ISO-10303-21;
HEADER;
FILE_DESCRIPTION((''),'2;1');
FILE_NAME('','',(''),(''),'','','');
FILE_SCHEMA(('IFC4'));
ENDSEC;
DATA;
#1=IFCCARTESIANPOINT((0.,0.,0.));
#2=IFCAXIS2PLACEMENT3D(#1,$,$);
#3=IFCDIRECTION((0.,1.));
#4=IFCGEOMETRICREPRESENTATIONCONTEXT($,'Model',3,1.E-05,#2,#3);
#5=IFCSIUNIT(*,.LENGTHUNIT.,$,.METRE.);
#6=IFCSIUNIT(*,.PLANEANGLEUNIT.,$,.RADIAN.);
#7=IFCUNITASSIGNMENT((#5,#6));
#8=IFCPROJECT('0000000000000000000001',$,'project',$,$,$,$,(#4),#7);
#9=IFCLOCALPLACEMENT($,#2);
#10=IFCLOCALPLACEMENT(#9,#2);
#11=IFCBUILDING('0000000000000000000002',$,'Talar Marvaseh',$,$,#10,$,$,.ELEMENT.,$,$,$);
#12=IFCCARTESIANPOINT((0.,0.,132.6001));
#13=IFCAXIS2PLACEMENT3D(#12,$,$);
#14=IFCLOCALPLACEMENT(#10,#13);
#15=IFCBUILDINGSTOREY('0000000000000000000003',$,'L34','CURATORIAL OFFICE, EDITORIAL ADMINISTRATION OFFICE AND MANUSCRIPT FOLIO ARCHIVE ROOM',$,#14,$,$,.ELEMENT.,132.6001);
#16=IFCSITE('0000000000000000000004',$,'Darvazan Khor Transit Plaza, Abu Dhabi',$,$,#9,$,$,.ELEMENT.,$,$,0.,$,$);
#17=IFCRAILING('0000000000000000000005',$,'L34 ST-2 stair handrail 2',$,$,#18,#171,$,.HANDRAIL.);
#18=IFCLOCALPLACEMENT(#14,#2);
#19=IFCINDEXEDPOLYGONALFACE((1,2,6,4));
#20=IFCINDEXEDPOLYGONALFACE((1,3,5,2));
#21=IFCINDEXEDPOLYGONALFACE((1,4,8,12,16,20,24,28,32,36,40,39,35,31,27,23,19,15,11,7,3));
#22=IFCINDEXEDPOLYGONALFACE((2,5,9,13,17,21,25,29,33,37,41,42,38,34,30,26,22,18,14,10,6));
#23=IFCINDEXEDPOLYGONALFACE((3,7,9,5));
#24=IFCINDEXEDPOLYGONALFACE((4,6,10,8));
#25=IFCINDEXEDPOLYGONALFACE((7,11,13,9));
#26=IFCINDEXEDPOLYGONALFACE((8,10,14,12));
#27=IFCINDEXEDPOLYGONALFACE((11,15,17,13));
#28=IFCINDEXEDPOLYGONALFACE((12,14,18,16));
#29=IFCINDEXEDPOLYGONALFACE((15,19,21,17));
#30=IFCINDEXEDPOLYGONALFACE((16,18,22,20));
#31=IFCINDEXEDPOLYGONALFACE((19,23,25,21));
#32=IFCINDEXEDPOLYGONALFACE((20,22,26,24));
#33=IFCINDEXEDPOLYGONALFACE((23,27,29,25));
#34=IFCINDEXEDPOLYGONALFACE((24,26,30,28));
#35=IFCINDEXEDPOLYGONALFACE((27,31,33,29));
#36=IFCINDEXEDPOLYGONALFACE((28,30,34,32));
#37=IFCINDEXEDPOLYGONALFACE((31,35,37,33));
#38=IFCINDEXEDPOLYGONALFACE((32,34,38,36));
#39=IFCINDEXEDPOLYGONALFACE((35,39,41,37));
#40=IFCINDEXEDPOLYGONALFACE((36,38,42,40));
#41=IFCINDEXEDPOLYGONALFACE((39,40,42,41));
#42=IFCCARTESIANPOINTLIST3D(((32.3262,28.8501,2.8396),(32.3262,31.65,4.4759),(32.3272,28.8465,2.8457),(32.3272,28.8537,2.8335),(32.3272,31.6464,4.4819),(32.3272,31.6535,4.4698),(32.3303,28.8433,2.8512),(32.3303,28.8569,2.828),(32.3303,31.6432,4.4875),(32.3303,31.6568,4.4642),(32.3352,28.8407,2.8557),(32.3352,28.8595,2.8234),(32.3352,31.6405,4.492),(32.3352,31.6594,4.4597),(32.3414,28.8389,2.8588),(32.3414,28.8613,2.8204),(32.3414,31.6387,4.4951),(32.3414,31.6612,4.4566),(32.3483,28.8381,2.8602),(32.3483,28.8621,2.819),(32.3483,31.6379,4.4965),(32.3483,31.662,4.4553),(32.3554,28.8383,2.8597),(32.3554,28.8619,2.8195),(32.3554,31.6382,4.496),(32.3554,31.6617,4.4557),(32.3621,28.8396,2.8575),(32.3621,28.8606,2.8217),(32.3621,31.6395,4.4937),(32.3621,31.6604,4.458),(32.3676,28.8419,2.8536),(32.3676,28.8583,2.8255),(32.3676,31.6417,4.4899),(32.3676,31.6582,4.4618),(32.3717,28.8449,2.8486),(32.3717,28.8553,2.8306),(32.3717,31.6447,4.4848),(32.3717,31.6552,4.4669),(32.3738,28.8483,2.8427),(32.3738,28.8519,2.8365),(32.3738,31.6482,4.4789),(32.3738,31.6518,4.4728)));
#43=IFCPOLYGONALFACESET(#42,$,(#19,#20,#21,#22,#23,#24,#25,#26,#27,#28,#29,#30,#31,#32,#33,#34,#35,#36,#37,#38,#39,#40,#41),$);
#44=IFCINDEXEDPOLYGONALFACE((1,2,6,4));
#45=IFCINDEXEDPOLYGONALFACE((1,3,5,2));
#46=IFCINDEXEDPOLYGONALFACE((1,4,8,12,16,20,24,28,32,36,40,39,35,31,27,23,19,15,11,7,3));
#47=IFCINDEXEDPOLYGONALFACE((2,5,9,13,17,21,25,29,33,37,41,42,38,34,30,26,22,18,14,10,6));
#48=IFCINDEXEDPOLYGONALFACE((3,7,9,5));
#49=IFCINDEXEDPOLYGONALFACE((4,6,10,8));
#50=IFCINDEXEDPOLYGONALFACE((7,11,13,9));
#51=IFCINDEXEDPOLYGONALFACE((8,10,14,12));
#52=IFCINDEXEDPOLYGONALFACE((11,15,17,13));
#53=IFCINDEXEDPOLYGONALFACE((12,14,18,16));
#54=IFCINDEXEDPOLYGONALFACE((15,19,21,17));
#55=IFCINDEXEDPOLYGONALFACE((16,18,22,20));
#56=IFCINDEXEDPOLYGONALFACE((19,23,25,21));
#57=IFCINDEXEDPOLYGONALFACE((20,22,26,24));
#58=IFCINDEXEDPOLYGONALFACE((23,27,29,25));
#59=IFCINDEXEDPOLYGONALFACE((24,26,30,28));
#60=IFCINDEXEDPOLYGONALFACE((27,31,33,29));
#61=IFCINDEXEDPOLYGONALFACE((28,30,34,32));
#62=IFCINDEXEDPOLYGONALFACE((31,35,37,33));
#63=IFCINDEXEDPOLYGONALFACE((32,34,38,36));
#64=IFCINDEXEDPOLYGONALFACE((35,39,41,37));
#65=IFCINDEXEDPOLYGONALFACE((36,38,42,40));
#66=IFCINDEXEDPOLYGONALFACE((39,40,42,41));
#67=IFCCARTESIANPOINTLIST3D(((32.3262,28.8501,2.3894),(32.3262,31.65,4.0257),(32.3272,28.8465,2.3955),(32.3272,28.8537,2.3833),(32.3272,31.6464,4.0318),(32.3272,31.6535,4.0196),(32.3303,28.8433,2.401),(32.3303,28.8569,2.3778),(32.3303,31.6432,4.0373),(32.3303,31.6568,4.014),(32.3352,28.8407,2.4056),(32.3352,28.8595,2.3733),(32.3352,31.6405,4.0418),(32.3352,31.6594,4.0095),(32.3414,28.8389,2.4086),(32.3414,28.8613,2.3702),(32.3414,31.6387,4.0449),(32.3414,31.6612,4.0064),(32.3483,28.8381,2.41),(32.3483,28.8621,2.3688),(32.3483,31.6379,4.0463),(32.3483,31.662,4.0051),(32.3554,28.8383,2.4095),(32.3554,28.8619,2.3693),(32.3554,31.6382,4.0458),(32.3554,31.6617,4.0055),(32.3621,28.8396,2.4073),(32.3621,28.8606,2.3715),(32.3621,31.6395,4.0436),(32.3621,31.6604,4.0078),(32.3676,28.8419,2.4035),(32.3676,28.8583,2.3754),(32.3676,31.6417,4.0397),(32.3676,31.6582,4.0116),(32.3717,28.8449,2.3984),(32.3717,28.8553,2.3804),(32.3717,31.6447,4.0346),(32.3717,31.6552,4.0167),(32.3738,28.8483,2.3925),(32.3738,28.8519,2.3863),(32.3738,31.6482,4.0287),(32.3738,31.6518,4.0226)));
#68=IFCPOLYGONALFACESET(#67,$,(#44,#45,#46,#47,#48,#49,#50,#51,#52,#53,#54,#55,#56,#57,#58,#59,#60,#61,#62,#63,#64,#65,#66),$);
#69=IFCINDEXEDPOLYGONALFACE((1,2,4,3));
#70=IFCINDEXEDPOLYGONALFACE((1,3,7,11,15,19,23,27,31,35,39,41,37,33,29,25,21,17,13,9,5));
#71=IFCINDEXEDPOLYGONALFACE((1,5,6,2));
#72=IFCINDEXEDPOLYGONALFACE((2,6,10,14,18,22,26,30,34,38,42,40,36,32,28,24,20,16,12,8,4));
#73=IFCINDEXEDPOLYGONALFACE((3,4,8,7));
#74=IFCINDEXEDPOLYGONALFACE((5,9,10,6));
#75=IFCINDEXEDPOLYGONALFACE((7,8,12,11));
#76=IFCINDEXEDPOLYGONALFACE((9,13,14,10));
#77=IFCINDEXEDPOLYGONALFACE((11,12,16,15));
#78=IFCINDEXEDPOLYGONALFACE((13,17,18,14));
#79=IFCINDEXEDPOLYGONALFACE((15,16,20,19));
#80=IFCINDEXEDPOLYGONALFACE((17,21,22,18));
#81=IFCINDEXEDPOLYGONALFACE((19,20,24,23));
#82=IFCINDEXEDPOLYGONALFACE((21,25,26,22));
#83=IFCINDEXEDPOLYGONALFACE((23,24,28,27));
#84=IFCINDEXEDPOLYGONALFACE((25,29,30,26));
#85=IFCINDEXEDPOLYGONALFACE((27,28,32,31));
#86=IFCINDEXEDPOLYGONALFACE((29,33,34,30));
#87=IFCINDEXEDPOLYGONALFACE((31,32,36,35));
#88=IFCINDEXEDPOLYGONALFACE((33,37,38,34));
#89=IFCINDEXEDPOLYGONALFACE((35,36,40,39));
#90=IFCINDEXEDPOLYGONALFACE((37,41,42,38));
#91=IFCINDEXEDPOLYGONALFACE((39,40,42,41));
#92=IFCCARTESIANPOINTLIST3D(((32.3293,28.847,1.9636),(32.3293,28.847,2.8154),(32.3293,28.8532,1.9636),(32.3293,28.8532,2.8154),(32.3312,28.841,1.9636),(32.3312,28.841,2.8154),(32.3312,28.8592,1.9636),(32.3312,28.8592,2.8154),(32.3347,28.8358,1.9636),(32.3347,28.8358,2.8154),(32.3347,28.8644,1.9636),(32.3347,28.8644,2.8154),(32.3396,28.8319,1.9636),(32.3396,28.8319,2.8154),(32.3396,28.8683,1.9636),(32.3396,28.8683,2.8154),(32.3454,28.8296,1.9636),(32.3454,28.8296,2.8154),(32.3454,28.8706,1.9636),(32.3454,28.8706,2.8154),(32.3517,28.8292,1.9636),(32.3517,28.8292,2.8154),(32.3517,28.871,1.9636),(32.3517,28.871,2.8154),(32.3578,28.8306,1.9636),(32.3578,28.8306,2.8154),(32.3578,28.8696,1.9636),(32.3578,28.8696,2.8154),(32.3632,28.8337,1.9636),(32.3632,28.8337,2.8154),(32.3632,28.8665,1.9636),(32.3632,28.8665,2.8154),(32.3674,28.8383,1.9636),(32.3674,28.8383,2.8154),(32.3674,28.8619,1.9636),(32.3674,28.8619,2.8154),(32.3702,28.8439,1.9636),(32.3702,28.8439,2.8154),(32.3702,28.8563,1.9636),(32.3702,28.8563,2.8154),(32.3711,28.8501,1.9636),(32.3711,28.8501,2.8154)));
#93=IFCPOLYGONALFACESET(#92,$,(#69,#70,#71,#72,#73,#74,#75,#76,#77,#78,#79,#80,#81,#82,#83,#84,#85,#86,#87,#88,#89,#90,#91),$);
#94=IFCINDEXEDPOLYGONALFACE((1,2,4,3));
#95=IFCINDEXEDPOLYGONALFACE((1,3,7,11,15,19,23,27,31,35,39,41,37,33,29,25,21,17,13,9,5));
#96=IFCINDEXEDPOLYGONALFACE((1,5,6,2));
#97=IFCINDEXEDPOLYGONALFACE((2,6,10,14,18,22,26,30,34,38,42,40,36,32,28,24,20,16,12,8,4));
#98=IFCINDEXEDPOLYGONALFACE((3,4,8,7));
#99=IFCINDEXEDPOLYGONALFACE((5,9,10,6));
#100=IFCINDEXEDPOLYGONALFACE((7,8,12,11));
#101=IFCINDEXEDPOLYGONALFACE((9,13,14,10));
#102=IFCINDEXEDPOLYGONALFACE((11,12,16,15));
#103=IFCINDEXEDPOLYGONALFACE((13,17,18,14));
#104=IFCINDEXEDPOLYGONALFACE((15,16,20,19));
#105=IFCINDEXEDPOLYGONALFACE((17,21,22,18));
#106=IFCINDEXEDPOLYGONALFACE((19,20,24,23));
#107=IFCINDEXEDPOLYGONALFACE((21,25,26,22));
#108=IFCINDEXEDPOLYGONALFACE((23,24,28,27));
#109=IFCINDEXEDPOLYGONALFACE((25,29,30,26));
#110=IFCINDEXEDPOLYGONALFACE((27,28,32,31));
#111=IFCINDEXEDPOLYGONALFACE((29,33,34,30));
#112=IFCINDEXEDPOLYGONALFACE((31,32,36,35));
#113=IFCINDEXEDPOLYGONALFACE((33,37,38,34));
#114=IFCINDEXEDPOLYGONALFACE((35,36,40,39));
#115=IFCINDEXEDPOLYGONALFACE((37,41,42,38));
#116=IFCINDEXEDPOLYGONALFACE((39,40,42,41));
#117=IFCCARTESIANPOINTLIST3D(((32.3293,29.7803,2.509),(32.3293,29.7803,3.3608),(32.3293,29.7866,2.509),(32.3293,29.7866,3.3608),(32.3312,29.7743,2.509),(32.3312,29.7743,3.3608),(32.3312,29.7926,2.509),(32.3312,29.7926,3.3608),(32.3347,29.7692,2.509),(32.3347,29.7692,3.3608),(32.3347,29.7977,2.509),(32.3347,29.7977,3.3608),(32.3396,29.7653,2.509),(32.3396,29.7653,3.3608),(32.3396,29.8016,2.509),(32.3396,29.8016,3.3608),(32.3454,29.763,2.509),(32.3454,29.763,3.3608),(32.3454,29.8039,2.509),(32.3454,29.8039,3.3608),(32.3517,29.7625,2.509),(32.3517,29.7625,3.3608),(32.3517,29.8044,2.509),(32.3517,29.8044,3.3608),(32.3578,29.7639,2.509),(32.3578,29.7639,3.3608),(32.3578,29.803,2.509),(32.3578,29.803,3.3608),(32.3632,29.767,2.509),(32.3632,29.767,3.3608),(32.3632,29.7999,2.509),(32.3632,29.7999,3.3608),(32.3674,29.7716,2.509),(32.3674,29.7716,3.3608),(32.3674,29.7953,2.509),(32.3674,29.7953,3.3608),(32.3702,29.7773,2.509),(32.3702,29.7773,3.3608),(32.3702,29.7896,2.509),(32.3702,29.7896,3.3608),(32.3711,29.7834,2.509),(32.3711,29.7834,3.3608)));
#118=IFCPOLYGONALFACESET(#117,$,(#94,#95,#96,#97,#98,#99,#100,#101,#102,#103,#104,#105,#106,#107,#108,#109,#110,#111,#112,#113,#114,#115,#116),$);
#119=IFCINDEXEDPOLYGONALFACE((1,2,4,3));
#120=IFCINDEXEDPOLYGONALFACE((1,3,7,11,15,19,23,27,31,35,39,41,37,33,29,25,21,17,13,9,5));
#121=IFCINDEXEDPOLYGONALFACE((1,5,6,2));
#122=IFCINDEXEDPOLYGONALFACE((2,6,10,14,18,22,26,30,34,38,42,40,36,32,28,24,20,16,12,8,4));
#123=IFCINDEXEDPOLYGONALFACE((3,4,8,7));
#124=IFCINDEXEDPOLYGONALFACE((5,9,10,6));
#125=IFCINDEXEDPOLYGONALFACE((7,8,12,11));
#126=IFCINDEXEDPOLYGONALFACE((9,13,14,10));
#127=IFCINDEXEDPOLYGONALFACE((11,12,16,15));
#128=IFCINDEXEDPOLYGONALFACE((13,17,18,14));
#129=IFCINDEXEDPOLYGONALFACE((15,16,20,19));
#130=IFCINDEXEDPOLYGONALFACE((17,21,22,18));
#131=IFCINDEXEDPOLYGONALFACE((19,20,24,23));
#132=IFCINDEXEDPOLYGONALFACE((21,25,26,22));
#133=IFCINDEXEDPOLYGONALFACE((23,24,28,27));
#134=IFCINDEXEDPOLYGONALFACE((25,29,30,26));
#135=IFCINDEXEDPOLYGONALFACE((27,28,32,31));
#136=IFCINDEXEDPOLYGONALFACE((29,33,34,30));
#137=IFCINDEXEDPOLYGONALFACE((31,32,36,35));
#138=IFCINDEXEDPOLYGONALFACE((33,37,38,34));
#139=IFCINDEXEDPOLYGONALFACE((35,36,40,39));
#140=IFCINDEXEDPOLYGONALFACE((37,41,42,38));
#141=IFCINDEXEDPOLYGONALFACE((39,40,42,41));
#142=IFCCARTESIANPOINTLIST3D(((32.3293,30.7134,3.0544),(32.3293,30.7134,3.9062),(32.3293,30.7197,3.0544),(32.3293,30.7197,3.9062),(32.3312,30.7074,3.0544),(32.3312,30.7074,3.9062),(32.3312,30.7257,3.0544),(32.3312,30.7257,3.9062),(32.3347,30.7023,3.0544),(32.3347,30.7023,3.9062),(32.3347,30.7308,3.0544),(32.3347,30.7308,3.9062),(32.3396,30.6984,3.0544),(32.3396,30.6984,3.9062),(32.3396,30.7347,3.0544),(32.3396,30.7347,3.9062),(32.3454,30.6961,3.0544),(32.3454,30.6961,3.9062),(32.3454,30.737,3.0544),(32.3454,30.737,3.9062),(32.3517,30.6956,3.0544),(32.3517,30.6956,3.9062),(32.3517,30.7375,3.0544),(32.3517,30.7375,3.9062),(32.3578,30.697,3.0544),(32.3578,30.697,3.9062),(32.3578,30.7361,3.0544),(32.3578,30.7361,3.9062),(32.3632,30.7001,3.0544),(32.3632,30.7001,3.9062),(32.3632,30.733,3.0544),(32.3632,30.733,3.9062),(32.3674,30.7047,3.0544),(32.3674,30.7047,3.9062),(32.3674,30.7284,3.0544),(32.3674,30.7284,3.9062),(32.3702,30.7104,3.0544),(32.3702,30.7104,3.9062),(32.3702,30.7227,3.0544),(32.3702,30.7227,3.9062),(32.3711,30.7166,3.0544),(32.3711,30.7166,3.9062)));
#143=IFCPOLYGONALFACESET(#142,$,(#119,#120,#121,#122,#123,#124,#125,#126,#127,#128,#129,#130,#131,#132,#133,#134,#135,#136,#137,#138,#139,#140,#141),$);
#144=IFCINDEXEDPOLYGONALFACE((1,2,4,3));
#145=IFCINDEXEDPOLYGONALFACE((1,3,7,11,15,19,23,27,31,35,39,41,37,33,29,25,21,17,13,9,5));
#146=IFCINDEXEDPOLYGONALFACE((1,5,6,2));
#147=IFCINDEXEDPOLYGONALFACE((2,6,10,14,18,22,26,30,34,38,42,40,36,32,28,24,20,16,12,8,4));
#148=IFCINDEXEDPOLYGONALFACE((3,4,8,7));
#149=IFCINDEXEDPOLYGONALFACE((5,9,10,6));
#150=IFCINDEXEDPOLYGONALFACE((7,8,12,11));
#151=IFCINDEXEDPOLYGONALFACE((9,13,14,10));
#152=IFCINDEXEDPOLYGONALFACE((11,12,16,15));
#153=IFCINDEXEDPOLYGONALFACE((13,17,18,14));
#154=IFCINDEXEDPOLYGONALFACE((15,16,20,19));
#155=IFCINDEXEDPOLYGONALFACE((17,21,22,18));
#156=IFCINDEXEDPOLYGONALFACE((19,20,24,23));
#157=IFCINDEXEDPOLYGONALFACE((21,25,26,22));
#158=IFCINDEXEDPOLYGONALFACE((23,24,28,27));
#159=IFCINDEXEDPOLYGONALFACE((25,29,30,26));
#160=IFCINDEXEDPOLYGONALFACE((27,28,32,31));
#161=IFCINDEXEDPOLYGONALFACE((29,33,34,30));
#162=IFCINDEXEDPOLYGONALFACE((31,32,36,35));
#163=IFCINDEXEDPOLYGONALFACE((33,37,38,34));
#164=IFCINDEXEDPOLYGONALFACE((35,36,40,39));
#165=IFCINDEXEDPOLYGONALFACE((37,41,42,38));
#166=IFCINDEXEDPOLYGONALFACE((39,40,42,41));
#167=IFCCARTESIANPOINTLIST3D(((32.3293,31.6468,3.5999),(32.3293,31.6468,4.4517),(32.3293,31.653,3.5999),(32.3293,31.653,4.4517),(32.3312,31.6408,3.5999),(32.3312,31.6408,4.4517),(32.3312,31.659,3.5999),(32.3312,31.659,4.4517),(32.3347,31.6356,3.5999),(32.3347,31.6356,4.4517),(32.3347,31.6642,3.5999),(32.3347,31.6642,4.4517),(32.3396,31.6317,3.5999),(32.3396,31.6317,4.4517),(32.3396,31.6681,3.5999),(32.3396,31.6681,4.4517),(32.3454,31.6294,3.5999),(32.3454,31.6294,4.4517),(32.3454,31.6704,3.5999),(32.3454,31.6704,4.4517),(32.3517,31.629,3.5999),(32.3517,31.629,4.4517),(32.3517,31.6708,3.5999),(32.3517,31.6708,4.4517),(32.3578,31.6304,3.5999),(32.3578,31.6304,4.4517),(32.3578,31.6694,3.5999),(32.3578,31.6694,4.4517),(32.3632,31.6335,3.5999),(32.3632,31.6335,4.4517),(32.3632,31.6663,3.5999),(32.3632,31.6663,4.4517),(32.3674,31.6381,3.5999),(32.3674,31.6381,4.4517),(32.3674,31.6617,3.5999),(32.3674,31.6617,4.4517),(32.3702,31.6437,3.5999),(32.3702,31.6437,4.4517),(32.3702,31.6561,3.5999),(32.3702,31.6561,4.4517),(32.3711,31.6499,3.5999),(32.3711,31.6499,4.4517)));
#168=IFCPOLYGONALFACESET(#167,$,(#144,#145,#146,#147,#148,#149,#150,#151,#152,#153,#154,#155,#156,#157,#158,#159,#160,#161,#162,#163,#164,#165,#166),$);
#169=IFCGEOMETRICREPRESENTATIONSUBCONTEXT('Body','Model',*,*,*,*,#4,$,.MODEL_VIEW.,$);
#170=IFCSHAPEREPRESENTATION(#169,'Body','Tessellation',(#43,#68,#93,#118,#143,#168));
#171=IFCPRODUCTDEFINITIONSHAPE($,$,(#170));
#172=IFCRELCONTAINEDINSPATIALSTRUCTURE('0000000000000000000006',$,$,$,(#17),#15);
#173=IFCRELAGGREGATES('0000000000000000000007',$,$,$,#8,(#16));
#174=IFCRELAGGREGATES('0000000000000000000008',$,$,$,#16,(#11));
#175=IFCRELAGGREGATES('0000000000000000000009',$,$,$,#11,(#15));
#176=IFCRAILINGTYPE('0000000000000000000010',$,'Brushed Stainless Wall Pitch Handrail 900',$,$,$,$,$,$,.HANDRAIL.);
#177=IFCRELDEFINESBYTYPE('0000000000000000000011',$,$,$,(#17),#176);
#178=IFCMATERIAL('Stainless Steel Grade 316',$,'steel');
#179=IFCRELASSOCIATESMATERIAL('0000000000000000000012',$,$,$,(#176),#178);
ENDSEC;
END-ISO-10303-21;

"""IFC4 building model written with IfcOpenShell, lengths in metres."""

from ifc_helpers import new_model, si_unit, direction, frame, origin, origin_2d, place, context, subcontext, project, spatial, circle, extrude, material, type_object, element, save


model = new_model("IFC4")

# Units and contexts
model_context = context("Model", 3, precision=1e-05, world=origin(), true_north=direction((0.0, 1.0)))
body_context = subcontext(model_context, "Body", "Model", "MODEL_VIEW")
ifc_project = project(units=[si_unit("LENGTHUNIT", "METRE"), si_unit("PLANEANGLEUNIT", "RADIAN")], contexts=[model_context])

# Site, building, storey
site_placement = place(None, origin())
site = spatial("IfcSite", under=ifc_project, at=site_placement, Name="Darvazan Khor Transit Plaza, Abu Dhabi", CompositionType="ELEMENT", RefElevation=0.0)
building_placement = place(site_placement, origin())
building = spatial("IfcBuilding", under=site, at=building_placement, Name="Talar Marvaseh", CompositionType="ELEMENT")
storey_placement = place(building_placement, frame((0.0, 0.0, 132.6001)))
storey = spatial("IfcBuildingStorey", under=building, at=storey_placement, Name="L34", Description="CURATORIAL OFFICE, EDITORIAL ADMINISTRATION OFFICE AND MANUSCRIPT FOLIO ARCHIVE ROOM", CompositionType="ELEMENT", Elevation=132.6001)

# Railing
ifc_material_1 = material(Name="Stainless Steel Grade 316", Category="steel")
railing_type = type_object("IfcRailingType", Name="Brushed Stainless Wall Pitch Handrail 900", PredefinedType="HANDRAIL", material=ifc_material_1)
railing_placement = place(storey_placement, frame((32.3501, 28.8501, 1.9636)))
element("IfcRailing", 1, at=railing_placement, inside=storey, type_object=railing_type, Name="L34 ST-2 stair handrail 2", PredefinedType="HANDRAIL", context=body_context, shape_type="SweptSolid", body=[
    extrude(circle(Radius=0.0239, at=origin_2d()), frame((0.0, 0.0, 0.876), z_axis=(0.0, 0.863374, 0.504564), x_axis=(-1.0, 0.0, 0.0)), (0.0, 0.0, 1.0), 3.2429),
    extrude(circle(Radius=0.0239, at=origin_2d()), frame((0.0, 0.0, 0.4258), z_axis=(0.0, 0.863374, 0.504564), x_axis=(-1.0, 0.0, 0.0)), (0.0, 0.0, 1.0), 3.2429),
    extrude(circle(Radius=0.021, at=origin_2d()), origin(), (0.0, 0.0, 1.0), 0.8518),
    extrude(circle(Radius=0.021, at=origin_2d()), frame((0.0, 0.9333, 0.5454)), (0.0, 0.0, 1.0), 0.8518),
    extrude(circle(Radius=0.021, at=origin_2d()), frame((0.0, 1.8665, 1.0908)), (0.0, 0.0, 1.0), 0.8518),
    extrude(circle(Radius=0.021, at=origin_2d()), frame((0.0, 2.7998, 1.6362)), (0.0, 0.0, 1.0), 0.8518),
])

save(model, "model.ifc")
